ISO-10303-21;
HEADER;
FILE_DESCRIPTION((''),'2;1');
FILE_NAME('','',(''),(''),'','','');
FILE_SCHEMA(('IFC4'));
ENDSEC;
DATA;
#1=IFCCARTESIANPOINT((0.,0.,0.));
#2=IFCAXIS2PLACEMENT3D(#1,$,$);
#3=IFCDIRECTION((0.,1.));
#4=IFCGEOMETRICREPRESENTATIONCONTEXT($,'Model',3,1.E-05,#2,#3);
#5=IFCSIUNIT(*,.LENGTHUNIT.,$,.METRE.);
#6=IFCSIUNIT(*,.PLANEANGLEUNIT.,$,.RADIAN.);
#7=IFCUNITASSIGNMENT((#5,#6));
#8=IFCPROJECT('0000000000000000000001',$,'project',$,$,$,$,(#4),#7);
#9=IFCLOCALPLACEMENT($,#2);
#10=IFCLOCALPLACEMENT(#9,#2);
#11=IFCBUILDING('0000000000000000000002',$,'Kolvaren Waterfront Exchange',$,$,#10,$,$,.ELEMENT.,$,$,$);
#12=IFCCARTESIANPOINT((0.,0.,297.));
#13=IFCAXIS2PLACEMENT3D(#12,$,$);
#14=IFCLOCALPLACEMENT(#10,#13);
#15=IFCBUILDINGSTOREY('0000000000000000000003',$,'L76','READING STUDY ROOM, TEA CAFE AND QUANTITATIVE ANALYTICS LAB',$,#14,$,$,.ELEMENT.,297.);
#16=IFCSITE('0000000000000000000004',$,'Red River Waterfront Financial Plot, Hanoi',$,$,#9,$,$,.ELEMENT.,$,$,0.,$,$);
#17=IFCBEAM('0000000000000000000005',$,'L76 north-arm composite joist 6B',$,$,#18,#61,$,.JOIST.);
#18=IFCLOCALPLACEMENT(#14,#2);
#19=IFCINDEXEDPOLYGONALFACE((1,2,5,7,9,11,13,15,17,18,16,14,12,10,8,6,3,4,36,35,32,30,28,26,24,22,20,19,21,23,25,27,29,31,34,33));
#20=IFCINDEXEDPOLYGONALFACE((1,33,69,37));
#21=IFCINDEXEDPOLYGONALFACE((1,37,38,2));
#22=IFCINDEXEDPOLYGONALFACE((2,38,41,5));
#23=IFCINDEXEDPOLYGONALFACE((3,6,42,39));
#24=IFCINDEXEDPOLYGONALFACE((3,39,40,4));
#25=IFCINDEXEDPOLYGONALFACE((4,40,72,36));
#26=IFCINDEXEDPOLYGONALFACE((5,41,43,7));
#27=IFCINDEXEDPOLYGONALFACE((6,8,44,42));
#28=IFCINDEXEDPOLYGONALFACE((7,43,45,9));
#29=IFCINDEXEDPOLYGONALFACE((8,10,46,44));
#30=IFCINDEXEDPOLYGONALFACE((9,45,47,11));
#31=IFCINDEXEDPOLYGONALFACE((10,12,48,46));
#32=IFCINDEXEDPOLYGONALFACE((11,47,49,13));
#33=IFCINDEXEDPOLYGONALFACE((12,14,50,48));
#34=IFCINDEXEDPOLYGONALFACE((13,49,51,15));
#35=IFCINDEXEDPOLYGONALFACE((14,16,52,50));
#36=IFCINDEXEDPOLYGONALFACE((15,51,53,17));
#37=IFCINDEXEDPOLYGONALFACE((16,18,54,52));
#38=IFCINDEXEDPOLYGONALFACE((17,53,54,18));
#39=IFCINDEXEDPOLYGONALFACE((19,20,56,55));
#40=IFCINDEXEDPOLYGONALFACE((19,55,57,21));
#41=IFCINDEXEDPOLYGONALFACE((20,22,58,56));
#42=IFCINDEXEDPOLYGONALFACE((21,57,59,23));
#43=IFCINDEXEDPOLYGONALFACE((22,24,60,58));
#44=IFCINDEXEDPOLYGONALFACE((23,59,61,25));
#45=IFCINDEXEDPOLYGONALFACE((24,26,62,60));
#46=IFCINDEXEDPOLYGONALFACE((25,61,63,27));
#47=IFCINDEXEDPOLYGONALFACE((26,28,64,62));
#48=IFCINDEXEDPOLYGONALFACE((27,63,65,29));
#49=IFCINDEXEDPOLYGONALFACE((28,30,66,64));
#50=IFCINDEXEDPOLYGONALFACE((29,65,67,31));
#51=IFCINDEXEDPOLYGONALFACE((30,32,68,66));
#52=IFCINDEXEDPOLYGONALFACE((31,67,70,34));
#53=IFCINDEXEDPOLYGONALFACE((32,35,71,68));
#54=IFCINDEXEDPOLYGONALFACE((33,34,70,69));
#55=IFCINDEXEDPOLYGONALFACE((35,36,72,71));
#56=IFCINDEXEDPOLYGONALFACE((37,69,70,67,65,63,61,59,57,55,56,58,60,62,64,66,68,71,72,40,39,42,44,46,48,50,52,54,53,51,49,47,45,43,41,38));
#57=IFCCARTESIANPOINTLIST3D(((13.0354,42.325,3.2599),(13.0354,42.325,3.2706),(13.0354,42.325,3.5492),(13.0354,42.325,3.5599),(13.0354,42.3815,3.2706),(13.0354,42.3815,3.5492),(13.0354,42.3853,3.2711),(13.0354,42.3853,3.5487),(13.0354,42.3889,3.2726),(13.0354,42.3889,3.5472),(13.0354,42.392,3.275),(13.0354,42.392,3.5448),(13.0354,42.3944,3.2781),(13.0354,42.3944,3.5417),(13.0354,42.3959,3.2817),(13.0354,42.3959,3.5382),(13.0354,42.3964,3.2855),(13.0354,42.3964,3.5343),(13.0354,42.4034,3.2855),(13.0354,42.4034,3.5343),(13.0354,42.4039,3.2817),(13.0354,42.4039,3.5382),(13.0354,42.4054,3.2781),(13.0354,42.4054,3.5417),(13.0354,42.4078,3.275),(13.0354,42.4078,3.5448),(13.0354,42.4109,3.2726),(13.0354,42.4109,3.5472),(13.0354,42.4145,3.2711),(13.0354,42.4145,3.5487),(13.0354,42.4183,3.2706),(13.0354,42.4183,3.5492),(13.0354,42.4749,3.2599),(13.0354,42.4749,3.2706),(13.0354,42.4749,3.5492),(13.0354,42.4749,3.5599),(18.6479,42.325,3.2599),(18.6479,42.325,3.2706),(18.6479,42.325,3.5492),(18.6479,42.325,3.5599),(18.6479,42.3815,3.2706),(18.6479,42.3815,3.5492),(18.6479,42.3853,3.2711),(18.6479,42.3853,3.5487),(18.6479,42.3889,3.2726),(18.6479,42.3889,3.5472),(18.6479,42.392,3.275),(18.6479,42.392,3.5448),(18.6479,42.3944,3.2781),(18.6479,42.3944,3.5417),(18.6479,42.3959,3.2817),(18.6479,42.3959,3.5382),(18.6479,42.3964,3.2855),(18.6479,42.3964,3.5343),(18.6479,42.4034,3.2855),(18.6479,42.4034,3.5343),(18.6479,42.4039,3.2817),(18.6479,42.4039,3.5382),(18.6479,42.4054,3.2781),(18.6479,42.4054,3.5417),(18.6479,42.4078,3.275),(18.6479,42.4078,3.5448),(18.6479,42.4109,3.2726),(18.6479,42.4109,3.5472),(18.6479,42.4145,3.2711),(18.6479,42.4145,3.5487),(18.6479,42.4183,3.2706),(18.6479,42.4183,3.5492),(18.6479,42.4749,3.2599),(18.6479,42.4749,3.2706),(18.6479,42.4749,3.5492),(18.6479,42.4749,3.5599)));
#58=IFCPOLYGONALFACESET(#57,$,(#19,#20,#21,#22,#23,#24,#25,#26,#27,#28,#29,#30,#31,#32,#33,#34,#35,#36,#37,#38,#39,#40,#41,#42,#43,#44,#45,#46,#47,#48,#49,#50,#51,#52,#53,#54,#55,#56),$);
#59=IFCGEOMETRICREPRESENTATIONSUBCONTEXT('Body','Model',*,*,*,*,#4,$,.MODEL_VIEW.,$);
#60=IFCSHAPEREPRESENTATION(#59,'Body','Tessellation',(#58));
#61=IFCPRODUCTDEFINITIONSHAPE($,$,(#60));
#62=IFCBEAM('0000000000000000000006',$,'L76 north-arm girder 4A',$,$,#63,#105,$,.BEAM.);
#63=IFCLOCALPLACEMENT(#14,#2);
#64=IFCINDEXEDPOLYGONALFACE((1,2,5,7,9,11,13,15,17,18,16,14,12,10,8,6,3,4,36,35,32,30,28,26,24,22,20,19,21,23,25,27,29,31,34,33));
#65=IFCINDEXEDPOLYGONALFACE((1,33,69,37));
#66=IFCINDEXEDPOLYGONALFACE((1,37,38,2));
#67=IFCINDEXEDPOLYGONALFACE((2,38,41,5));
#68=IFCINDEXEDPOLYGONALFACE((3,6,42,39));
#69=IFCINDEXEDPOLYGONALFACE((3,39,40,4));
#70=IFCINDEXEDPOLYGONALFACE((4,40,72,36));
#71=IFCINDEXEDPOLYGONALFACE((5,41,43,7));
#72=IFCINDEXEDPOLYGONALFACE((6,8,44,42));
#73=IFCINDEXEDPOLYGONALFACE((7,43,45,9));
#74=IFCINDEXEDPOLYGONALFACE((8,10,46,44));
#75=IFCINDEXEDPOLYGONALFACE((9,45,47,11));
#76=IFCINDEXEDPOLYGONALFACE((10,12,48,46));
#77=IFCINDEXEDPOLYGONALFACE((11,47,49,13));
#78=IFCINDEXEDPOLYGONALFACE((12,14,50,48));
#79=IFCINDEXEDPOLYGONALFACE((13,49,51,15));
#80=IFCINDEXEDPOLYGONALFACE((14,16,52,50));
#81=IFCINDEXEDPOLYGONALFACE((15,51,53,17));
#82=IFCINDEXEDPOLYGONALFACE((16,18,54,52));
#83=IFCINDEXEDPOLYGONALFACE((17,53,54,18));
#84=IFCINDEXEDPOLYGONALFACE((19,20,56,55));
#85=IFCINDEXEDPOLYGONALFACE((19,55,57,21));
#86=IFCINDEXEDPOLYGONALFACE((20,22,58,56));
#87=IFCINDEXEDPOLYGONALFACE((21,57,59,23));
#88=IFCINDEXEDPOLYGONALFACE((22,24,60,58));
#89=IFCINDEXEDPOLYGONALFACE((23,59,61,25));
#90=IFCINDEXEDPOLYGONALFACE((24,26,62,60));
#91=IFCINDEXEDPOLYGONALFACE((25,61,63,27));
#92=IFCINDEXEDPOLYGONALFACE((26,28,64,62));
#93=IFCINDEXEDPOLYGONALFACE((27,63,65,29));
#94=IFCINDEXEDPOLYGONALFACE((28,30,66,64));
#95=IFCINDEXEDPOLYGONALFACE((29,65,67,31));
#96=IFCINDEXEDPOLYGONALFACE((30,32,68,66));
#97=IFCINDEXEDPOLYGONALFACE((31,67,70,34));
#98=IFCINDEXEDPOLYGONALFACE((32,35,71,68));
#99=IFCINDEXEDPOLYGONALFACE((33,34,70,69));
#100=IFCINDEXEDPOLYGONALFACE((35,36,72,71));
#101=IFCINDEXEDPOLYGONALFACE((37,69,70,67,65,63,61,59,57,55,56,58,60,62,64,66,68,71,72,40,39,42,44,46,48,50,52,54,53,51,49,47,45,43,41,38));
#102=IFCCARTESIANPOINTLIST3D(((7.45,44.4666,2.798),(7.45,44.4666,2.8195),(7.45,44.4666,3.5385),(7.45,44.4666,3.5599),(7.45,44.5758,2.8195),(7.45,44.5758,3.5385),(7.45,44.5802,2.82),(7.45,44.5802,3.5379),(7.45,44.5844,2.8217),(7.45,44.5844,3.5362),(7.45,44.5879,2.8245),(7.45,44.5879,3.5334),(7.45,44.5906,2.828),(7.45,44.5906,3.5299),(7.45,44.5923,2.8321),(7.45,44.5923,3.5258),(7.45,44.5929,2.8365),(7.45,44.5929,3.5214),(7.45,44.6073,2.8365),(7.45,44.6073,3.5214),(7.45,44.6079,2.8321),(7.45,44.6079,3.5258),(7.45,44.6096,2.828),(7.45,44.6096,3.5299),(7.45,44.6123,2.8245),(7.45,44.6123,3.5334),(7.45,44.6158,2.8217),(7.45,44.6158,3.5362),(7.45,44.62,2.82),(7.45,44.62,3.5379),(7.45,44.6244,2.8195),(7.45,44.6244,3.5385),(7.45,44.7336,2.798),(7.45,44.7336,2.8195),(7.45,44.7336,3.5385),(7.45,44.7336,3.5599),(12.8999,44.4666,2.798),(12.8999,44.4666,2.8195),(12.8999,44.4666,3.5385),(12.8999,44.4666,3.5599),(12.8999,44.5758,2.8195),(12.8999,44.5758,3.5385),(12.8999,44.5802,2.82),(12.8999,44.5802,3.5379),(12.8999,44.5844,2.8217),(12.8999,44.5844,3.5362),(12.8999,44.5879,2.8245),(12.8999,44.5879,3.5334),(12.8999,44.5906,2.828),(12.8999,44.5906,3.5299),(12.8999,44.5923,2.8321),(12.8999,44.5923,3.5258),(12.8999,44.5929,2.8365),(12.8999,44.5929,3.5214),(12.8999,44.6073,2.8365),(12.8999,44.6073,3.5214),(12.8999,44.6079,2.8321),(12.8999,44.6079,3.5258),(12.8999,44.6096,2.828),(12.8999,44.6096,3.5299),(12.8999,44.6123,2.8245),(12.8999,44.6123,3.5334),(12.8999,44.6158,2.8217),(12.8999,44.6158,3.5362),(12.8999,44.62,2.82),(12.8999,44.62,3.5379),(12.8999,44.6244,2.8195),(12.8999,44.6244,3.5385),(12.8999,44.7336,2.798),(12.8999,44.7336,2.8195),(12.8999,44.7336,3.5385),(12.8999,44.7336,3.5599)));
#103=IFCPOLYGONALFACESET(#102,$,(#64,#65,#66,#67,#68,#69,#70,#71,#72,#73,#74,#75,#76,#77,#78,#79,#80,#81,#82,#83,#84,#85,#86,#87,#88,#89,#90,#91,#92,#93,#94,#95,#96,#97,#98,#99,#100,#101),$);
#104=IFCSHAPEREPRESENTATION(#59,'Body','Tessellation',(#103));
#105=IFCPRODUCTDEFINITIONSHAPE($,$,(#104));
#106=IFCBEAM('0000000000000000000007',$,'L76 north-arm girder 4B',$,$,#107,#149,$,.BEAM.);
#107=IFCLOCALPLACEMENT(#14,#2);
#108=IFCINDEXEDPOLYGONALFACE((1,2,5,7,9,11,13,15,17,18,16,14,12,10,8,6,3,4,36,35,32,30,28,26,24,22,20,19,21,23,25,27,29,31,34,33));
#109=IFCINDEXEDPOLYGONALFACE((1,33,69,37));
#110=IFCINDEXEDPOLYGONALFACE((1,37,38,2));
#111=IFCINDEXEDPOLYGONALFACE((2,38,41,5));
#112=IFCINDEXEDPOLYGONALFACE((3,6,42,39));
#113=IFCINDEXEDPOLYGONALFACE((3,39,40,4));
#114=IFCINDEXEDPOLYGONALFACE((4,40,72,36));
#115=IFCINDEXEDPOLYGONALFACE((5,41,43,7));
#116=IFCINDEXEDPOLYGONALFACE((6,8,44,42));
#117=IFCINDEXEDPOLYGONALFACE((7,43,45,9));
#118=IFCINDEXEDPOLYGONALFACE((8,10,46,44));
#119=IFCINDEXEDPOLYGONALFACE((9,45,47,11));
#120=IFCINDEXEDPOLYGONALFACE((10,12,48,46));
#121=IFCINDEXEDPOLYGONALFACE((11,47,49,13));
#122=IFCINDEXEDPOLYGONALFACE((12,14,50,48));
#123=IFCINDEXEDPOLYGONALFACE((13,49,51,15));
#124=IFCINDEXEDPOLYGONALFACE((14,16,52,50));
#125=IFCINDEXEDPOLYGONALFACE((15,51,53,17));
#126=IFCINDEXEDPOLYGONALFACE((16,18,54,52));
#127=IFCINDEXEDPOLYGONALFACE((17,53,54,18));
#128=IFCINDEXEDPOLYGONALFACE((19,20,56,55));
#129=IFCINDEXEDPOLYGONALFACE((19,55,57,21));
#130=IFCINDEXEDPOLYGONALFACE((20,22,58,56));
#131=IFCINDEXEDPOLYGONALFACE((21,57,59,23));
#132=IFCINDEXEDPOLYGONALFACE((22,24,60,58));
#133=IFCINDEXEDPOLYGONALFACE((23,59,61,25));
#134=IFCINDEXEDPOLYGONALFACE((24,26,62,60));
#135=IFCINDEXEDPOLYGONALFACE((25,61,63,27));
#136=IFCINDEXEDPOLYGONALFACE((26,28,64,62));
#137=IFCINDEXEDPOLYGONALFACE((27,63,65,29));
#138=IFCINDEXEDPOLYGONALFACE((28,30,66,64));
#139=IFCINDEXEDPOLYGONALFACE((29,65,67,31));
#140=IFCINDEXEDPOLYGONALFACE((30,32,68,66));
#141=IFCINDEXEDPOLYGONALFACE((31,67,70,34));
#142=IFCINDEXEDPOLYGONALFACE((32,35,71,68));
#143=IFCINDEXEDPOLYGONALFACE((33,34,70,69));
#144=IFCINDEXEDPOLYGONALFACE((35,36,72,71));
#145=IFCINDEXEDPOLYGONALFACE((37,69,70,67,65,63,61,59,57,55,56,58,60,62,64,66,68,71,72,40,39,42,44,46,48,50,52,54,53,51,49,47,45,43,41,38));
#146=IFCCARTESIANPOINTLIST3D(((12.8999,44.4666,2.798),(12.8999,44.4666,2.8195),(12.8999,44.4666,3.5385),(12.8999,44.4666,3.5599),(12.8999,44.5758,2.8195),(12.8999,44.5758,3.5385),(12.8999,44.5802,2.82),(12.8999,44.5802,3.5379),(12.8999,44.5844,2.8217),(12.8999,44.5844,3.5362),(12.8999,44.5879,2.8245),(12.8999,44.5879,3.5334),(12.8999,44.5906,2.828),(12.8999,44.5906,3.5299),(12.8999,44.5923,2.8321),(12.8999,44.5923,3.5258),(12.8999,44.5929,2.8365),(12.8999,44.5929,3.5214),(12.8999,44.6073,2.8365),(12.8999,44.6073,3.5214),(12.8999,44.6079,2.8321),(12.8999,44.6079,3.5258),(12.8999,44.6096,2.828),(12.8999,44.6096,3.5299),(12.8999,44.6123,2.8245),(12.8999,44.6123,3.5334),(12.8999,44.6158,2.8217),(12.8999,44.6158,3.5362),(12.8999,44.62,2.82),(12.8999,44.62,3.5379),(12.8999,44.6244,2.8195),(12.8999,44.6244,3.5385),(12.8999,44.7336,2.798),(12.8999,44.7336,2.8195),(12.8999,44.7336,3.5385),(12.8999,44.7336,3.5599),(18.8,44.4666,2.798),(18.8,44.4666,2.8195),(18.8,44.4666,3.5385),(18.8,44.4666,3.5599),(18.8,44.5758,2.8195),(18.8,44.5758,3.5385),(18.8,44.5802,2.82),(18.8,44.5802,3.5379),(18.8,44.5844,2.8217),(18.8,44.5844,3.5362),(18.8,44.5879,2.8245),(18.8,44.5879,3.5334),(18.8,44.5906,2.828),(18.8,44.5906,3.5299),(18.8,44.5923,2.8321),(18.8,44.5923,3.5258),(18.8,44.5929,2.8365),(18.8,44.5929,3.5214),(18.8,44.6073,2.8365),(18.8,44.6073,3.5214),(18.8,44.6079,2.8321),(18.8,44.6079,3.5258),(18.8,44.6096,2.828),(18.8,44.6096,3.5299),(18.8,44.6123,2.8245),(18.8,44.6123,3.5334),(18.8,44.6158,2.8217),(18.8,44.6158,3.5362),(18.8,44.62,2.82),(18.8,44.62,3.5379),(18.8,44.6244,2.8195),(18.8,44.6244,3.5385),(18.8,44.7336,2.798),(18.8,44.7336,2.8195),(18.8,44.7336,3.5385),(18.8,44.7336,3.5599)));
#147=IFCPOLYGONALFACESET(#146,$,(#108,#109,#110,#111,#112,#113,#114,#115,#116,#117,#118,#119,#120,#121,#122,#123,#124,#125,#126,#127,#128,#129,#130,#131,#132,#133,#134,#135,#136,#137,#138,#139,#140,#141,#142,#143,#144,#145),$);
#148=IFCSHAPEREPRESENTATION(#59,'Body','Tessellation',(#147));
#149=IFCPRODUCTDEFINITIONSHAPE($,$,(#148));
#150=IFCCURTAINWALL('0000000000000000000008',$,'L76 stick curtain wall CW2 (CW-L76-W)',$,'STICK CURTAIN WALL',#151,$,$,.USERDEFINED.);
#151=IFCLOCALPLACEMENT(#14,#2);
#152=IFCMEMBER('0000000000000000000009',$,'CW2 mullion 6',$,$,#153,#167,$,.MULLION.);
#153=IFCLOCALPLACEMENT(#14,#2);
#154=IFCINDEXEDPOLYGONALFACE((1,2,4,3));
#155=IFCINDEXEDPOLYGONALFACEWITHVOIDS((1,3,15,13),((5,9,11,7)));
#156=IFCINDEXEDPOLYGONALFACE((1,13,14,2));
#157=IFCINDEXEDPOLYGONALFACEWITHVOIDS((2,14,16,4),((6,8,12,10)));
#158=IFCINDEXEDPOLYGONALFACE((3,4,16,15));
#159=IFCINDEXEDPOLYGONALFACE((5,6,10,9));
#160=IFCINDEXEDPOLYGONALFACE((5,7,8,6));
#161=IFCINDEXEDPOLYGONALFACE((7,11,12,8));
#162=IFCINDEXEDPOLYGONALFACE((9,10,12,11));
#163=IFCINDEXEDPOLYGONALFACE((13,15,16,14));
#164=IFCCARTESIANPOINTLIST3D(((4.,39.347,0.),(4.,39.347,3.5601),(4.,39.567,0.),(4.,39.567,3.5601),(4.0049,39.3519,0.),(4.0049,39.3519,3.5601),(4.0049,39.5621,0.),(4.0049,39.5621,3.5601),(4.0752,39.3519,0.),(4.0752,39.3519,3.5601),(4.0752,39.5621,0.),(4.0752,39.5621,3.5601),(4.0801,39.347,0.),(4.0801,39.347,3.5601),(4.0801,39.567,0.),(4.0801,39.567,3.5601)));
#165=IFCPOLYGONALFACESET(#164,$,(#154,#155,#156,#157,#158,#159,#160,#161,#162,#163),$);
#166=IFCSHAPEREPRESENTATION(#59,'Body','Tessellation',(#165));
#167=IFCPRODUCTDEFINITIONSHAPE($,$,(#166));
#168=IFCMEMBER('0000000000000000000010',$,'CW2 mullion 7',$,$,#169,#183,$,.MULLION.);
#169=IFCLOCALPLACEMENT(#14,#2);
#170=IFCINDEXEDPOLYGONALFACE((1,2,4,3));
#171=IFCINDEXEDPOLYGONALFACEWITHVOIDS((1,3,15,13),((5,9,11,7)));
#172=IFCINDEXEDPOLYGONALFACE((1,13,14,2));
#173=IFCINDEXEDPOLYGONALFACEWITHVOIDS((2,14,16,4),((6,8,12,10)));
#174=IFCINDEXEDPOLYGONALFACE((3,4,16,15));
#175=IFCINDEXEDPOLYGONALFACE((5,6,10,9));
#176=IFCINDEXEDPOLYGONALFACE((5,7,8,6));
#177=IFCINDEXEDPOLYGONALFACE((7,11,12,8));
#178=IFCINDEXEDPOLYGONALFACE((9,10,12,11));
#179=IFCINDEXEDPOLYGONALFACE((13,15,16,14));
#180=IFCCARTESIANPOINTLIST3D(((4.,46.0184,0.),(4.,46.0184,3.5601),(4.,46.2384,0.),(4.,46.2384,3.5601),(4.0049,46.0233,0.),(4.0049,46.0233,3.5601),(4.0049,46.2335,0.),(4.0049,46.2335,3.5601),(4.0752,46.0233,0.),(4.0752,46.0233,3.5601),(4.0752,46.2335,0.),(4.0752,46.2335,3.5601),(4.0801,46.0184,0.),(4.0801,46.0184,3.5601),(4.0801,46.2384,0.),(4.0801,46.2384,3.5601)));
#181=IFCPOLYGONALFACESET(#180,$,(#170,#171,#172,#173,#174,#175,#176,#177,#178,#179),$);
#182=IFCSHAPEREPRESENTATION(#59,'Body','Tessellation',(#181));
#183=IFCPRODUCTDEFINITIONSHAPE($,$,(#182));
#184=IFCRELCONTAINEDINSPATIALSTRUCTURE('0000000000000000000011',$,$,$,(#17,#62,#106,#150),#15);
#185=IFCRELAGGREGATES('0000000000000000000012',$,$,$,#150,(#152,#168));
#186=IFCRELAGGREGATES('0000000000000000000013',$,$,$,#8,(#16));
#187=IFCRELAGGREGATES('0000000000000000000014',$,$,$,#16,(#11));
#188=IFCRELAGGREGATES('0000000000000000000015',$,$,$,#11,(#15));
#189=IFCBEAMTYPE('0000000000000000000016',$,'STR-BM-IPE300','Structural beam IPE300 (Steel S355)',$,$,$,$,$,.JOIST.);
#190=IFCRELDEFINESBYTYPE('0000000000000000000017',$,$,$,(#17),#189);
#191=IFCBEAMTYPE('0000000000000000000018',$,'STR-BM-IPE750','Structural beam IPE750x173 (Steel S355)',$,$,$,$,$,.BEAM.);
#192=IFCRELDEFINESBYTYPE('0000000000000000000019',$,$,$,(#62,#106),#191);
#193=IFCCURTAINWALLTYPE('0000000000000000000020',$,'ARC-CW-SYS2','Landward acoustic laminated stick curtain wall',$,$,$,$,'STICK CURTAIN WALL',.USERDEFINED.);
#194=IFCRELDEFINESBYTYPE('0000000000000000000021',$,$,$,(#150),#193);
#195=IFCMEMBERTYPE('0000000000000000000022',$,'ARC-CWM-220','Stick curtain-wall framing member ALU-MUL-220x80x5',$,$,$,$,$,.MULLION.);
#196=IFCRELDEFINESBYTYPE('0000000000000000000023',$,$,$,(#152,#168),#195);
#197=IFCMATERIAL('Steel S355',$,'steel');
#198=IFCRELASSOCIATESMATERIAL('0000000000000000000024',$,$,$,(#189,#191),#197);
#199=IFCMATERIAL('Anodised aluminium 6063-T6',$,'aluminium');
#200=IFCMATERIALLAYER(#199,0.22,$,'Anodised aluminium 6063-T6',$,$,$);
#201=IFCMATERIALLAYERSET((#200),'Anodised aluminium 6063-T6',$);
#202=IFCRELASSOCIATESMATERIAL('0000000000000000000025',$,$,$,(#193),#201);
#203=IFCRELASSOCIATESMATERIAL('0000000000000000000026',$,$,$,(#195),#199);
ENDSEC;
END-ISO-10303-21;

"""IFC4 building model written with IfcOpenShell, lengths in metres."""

from ifc_helpers import new_model, si_unit, direction, frame, origin, origin_with_axes, origin_2d, place, context, subcontext, project, spatial, hollow_rectangle, i_section, extrude, source, transform, mapped, material, layer, layer_set, material_profile, profile_set, type_object, element, aggregate, save


model = new_model("IFC4")

# Units and contexts
model_context = context("Model", 3, precision=1e-05, world=origin(), true_north=direction((0.0, 1.0)))
body_context = subcontext(model_context, "Body", "Model", "MODEL_VIEW")
ifc_project = project(units=[si_unit("LENGTHUNIT", "METRE"), si_unit("PLANEANGLEUNIT", "RADIAN")], contexts=[model_context])

# Site, building, storey
site_placement = place(None, origin())
site = spatial("IfcSite", under=ifc_project, at=site_placement, Name="Red River Waterfront Financial Plot, Hanoi", CompositionType="ELEMENT", RefElevation=0.0)
building_placement = place(site_placement, origin())
building = spatial("IfcBuilding", under=site, at=building_placement, Name="Kolvaren Waterfront Exchange", CompositionType="ELEMENT")
storey_placement = place(building_placement, frame((0.0, 0.0, 297.0)))
storey = spatial("IfcBuildingStorey", under=building, at=storey_placement, Name="L76", Description="READING STUDY ROOM, TEA CAFE AND QUANTITATIVE ANALYTICS LAB", CompositionType="ELEMENT", Elevation=297.0)

# Beams
ifc_material_1 = material(Name="Steel S355", Category="steel")
ifc_material_profile_1 = material_profile(ifc_material_1, i_section(OverallWidth=0.1499, OverallDepth=0.3, WebThickness=0.0071, FlangeThickness=0.0107, FilletRadius=0.0149, at=origin_2d()), Name="IPE300")
ifc_profile_set_1 = profile_set([ifc_material_profile_1], Name="Steel S355")
beam_type_1 = type_object("IfcBeamType", Name="STR-BM-IPE300", Description="Structural beam IPE300 (Steel S355)", PredefinedType="JOIST", material=ifc_profile_set_1)
beam_1_placement = place(storey_placement, frame((13.0354, 42.3999, 3.4099), z_axis=(1.0, 0.0, 0.0), x_axis=(0.0, 1.0, 0.0)))
element("IfcBeam", 1, at=beam_1_placement, inside=storey, type_object=beam_type_1, Name="L76 north-arm composite joist 6B", PredefinedType="JOIST", context=body_context, shape_type="SweptSolid", body=[
    extrude(i_section(OverallWidth=0.1499, OverallDepth=0.3, WebThickness=0.0071, FlangeThickness=0.0107, FilletRadius=0.0149, at=origin_2d()), origin(), (0.0, 0.0, 1.0), 5.6125),
])
ifc_material_profile_2 = material_profile(ifc_material_1, i_section(OverallWidth=0.2671, OverallDepth=0.762, WebThickness=0.0144, FlangeThickness=0.0215, FilletRadius=0.0171, at=origin_2d()), Name="IPE750x173")
ifc_profile_set_2 = profile_set([ifc_material_profile_2], Name="Steel S355")
beam_type_2 = type_object("IfcBeamType", Name="STR-BM-IPE750", Description="Structural beam IPE750x173 (Steel S355)", PredefinedType="BEAM", material=ifc_profile_set_2)
beam_2_placement = place(storey_placement, frame((7.45, 44.6001, 3.179), z_axis=(1.0, 0.0, 0.0), x_axis=(0.0, 1.0, 0.0)))
element("IfcBeam", 2, at=beam_2_placement, inside=storey, type_object=beam_type_2, Name="L76 north-arm girder 4A", PredefinedType="BEAM", context=body_context, shape_type="SweptSolid", body=[
    extrude(i_section(OverallWidth=0.2671, OverallDepth=0.762, WebThickness=0.0144, FlangeThickness=0.0215, FilletRadius=0.0171, at=origin_2d()), origin(), (0.0, 0.0, 1.0), 5.45),
])
beam_3_placement = place(storey_placement, frame((12.8999, 44.6001, 3.179), z_axis=(1.0, 0.0, 0.0), x_axis=(0.0, 1.0, 0.0)))
element("IfcBeam", 3, at=beam_3_placement, inside=storey, type_object=beam_type_2, Name="L76 north-arm girder 4B", PredefinedType="BEAM", context=body_context, shape_type="SweptSolid", body=[
    extrude(i_section(OverallWidth=0.2671, OverallDepth=0.762, WebThickness=0.0144, FlangeThickness=0.0215, FilletRadius=0.0171, at=origin_2d()), origin(), (0.0, 0.0, 1.0), 5.9001),
])

# Curtain wall, members
ifc_material_2 = material(Name="Anodised aluminium 6063-T6", Category="aluminium")
ifc_layer_1 = layer(ifc_material_2, 0.22, Name="Anodised aluminium 6063-T6")
ifc_layer_set_1 = layer_set([ifc_layer_1], Name="Anodised aluminium 6063-T6")
curtain_wall_type = type_object("IfcCurtainWallType", Name="ARC-CW-SYS2", Description="Landward acoustic laminated stick curtain wall", ElementType="STICK CURTAIN WALL", PredefinedType="USERDEFINED", material=ifc_layer_set_1)
curtain_wall_placement = place(storey_placement, origin())
curtain_wall = element("IfcCurtainWall", 4, at=curtain_wall_placement, inside=storey, type_object=curtain_wall_type, Name="L76 stick curtain wall CW2 (CW-L76-W)", ObjectType="STICK CURTAIN WALL", PredefinedType="USERDEFINED")
ifc_material_profile_3 = material_profile(ifc_material_2, hollow_rectangle(XDim=0.0801, YDim=0.22, WallThickness=0.0049, at=origin_2d()), Name="ALU-MUL-220x80x5")
ifc_profile_set_3 = profile_set([ifc_material_profile_3], Name="Anodised aluminium 6063-T6")
member_type_1 = type_object("IfcMemberType", Name="ARC-CWM-220", Description="Stick curtain-wall framing member ALU-MUL-220x80x5", PredefinedType="MULLION", material=ifc_profile_set_3)
shared_shape_1 = source(origin_with_axes(), body_context, "Body", "SweptSolid", [
    extrude(hollow_rectangle(XDim=0.0801, YDim=0.22, WallThickness=0.0049, at=origin_2d()), origin(), (0.0, 0.0, 1.0), 3.5601),
])
member_1_placement = place(storey_placement, frame((4.04, 39.457, 0.0), z_axis=(0.0, 0.0, 1.0), x_axis=(-1.0, 0.0, 0.0)))
member_1 = element("IfcMember", 5, at=member_1_placement, type_object=member_type_1, Name="CW2 mullion 6", PredefinedType="MULLION", context=body_context, shape_type="MappedRepresentation", body=[
    mapped(shared_shape_1, transform((0.0, 0.0, 0.0), x_axis=(1.0, 0.0, 0.0), y_axis=(0.0, 1.0, 0.0), z_axis=(0.0, 0.0, 1.0), scale=1.0)),
])
member_2_placement = place(storey_placement, frame((4.04, 46.1284, 0.0), z_axis=(0.0, 0.0, 1.0), x_axis=(-1.0, 0.0, 0.0)))
member_2 = element("IfcMember", 6, at=member_2_placement, type_object=member_type_1, Name="CW2 mullion 7", PredefinedType="MULLION", context=body_context, shape_type="MappedRepresentation", body=[
    mapped(shared_shape_1, transform((0.0, 0.0, 0.0), x_axis=(1.0, 0.0, 0.0), y_axis=(0.0, 1.0, 0.0), z_axis=(0.0, 0.0, 1.0), scale=1.0)),
])
aggregate(curtain_wall, [member_1, member_2])

save(model, "model.ifc")
